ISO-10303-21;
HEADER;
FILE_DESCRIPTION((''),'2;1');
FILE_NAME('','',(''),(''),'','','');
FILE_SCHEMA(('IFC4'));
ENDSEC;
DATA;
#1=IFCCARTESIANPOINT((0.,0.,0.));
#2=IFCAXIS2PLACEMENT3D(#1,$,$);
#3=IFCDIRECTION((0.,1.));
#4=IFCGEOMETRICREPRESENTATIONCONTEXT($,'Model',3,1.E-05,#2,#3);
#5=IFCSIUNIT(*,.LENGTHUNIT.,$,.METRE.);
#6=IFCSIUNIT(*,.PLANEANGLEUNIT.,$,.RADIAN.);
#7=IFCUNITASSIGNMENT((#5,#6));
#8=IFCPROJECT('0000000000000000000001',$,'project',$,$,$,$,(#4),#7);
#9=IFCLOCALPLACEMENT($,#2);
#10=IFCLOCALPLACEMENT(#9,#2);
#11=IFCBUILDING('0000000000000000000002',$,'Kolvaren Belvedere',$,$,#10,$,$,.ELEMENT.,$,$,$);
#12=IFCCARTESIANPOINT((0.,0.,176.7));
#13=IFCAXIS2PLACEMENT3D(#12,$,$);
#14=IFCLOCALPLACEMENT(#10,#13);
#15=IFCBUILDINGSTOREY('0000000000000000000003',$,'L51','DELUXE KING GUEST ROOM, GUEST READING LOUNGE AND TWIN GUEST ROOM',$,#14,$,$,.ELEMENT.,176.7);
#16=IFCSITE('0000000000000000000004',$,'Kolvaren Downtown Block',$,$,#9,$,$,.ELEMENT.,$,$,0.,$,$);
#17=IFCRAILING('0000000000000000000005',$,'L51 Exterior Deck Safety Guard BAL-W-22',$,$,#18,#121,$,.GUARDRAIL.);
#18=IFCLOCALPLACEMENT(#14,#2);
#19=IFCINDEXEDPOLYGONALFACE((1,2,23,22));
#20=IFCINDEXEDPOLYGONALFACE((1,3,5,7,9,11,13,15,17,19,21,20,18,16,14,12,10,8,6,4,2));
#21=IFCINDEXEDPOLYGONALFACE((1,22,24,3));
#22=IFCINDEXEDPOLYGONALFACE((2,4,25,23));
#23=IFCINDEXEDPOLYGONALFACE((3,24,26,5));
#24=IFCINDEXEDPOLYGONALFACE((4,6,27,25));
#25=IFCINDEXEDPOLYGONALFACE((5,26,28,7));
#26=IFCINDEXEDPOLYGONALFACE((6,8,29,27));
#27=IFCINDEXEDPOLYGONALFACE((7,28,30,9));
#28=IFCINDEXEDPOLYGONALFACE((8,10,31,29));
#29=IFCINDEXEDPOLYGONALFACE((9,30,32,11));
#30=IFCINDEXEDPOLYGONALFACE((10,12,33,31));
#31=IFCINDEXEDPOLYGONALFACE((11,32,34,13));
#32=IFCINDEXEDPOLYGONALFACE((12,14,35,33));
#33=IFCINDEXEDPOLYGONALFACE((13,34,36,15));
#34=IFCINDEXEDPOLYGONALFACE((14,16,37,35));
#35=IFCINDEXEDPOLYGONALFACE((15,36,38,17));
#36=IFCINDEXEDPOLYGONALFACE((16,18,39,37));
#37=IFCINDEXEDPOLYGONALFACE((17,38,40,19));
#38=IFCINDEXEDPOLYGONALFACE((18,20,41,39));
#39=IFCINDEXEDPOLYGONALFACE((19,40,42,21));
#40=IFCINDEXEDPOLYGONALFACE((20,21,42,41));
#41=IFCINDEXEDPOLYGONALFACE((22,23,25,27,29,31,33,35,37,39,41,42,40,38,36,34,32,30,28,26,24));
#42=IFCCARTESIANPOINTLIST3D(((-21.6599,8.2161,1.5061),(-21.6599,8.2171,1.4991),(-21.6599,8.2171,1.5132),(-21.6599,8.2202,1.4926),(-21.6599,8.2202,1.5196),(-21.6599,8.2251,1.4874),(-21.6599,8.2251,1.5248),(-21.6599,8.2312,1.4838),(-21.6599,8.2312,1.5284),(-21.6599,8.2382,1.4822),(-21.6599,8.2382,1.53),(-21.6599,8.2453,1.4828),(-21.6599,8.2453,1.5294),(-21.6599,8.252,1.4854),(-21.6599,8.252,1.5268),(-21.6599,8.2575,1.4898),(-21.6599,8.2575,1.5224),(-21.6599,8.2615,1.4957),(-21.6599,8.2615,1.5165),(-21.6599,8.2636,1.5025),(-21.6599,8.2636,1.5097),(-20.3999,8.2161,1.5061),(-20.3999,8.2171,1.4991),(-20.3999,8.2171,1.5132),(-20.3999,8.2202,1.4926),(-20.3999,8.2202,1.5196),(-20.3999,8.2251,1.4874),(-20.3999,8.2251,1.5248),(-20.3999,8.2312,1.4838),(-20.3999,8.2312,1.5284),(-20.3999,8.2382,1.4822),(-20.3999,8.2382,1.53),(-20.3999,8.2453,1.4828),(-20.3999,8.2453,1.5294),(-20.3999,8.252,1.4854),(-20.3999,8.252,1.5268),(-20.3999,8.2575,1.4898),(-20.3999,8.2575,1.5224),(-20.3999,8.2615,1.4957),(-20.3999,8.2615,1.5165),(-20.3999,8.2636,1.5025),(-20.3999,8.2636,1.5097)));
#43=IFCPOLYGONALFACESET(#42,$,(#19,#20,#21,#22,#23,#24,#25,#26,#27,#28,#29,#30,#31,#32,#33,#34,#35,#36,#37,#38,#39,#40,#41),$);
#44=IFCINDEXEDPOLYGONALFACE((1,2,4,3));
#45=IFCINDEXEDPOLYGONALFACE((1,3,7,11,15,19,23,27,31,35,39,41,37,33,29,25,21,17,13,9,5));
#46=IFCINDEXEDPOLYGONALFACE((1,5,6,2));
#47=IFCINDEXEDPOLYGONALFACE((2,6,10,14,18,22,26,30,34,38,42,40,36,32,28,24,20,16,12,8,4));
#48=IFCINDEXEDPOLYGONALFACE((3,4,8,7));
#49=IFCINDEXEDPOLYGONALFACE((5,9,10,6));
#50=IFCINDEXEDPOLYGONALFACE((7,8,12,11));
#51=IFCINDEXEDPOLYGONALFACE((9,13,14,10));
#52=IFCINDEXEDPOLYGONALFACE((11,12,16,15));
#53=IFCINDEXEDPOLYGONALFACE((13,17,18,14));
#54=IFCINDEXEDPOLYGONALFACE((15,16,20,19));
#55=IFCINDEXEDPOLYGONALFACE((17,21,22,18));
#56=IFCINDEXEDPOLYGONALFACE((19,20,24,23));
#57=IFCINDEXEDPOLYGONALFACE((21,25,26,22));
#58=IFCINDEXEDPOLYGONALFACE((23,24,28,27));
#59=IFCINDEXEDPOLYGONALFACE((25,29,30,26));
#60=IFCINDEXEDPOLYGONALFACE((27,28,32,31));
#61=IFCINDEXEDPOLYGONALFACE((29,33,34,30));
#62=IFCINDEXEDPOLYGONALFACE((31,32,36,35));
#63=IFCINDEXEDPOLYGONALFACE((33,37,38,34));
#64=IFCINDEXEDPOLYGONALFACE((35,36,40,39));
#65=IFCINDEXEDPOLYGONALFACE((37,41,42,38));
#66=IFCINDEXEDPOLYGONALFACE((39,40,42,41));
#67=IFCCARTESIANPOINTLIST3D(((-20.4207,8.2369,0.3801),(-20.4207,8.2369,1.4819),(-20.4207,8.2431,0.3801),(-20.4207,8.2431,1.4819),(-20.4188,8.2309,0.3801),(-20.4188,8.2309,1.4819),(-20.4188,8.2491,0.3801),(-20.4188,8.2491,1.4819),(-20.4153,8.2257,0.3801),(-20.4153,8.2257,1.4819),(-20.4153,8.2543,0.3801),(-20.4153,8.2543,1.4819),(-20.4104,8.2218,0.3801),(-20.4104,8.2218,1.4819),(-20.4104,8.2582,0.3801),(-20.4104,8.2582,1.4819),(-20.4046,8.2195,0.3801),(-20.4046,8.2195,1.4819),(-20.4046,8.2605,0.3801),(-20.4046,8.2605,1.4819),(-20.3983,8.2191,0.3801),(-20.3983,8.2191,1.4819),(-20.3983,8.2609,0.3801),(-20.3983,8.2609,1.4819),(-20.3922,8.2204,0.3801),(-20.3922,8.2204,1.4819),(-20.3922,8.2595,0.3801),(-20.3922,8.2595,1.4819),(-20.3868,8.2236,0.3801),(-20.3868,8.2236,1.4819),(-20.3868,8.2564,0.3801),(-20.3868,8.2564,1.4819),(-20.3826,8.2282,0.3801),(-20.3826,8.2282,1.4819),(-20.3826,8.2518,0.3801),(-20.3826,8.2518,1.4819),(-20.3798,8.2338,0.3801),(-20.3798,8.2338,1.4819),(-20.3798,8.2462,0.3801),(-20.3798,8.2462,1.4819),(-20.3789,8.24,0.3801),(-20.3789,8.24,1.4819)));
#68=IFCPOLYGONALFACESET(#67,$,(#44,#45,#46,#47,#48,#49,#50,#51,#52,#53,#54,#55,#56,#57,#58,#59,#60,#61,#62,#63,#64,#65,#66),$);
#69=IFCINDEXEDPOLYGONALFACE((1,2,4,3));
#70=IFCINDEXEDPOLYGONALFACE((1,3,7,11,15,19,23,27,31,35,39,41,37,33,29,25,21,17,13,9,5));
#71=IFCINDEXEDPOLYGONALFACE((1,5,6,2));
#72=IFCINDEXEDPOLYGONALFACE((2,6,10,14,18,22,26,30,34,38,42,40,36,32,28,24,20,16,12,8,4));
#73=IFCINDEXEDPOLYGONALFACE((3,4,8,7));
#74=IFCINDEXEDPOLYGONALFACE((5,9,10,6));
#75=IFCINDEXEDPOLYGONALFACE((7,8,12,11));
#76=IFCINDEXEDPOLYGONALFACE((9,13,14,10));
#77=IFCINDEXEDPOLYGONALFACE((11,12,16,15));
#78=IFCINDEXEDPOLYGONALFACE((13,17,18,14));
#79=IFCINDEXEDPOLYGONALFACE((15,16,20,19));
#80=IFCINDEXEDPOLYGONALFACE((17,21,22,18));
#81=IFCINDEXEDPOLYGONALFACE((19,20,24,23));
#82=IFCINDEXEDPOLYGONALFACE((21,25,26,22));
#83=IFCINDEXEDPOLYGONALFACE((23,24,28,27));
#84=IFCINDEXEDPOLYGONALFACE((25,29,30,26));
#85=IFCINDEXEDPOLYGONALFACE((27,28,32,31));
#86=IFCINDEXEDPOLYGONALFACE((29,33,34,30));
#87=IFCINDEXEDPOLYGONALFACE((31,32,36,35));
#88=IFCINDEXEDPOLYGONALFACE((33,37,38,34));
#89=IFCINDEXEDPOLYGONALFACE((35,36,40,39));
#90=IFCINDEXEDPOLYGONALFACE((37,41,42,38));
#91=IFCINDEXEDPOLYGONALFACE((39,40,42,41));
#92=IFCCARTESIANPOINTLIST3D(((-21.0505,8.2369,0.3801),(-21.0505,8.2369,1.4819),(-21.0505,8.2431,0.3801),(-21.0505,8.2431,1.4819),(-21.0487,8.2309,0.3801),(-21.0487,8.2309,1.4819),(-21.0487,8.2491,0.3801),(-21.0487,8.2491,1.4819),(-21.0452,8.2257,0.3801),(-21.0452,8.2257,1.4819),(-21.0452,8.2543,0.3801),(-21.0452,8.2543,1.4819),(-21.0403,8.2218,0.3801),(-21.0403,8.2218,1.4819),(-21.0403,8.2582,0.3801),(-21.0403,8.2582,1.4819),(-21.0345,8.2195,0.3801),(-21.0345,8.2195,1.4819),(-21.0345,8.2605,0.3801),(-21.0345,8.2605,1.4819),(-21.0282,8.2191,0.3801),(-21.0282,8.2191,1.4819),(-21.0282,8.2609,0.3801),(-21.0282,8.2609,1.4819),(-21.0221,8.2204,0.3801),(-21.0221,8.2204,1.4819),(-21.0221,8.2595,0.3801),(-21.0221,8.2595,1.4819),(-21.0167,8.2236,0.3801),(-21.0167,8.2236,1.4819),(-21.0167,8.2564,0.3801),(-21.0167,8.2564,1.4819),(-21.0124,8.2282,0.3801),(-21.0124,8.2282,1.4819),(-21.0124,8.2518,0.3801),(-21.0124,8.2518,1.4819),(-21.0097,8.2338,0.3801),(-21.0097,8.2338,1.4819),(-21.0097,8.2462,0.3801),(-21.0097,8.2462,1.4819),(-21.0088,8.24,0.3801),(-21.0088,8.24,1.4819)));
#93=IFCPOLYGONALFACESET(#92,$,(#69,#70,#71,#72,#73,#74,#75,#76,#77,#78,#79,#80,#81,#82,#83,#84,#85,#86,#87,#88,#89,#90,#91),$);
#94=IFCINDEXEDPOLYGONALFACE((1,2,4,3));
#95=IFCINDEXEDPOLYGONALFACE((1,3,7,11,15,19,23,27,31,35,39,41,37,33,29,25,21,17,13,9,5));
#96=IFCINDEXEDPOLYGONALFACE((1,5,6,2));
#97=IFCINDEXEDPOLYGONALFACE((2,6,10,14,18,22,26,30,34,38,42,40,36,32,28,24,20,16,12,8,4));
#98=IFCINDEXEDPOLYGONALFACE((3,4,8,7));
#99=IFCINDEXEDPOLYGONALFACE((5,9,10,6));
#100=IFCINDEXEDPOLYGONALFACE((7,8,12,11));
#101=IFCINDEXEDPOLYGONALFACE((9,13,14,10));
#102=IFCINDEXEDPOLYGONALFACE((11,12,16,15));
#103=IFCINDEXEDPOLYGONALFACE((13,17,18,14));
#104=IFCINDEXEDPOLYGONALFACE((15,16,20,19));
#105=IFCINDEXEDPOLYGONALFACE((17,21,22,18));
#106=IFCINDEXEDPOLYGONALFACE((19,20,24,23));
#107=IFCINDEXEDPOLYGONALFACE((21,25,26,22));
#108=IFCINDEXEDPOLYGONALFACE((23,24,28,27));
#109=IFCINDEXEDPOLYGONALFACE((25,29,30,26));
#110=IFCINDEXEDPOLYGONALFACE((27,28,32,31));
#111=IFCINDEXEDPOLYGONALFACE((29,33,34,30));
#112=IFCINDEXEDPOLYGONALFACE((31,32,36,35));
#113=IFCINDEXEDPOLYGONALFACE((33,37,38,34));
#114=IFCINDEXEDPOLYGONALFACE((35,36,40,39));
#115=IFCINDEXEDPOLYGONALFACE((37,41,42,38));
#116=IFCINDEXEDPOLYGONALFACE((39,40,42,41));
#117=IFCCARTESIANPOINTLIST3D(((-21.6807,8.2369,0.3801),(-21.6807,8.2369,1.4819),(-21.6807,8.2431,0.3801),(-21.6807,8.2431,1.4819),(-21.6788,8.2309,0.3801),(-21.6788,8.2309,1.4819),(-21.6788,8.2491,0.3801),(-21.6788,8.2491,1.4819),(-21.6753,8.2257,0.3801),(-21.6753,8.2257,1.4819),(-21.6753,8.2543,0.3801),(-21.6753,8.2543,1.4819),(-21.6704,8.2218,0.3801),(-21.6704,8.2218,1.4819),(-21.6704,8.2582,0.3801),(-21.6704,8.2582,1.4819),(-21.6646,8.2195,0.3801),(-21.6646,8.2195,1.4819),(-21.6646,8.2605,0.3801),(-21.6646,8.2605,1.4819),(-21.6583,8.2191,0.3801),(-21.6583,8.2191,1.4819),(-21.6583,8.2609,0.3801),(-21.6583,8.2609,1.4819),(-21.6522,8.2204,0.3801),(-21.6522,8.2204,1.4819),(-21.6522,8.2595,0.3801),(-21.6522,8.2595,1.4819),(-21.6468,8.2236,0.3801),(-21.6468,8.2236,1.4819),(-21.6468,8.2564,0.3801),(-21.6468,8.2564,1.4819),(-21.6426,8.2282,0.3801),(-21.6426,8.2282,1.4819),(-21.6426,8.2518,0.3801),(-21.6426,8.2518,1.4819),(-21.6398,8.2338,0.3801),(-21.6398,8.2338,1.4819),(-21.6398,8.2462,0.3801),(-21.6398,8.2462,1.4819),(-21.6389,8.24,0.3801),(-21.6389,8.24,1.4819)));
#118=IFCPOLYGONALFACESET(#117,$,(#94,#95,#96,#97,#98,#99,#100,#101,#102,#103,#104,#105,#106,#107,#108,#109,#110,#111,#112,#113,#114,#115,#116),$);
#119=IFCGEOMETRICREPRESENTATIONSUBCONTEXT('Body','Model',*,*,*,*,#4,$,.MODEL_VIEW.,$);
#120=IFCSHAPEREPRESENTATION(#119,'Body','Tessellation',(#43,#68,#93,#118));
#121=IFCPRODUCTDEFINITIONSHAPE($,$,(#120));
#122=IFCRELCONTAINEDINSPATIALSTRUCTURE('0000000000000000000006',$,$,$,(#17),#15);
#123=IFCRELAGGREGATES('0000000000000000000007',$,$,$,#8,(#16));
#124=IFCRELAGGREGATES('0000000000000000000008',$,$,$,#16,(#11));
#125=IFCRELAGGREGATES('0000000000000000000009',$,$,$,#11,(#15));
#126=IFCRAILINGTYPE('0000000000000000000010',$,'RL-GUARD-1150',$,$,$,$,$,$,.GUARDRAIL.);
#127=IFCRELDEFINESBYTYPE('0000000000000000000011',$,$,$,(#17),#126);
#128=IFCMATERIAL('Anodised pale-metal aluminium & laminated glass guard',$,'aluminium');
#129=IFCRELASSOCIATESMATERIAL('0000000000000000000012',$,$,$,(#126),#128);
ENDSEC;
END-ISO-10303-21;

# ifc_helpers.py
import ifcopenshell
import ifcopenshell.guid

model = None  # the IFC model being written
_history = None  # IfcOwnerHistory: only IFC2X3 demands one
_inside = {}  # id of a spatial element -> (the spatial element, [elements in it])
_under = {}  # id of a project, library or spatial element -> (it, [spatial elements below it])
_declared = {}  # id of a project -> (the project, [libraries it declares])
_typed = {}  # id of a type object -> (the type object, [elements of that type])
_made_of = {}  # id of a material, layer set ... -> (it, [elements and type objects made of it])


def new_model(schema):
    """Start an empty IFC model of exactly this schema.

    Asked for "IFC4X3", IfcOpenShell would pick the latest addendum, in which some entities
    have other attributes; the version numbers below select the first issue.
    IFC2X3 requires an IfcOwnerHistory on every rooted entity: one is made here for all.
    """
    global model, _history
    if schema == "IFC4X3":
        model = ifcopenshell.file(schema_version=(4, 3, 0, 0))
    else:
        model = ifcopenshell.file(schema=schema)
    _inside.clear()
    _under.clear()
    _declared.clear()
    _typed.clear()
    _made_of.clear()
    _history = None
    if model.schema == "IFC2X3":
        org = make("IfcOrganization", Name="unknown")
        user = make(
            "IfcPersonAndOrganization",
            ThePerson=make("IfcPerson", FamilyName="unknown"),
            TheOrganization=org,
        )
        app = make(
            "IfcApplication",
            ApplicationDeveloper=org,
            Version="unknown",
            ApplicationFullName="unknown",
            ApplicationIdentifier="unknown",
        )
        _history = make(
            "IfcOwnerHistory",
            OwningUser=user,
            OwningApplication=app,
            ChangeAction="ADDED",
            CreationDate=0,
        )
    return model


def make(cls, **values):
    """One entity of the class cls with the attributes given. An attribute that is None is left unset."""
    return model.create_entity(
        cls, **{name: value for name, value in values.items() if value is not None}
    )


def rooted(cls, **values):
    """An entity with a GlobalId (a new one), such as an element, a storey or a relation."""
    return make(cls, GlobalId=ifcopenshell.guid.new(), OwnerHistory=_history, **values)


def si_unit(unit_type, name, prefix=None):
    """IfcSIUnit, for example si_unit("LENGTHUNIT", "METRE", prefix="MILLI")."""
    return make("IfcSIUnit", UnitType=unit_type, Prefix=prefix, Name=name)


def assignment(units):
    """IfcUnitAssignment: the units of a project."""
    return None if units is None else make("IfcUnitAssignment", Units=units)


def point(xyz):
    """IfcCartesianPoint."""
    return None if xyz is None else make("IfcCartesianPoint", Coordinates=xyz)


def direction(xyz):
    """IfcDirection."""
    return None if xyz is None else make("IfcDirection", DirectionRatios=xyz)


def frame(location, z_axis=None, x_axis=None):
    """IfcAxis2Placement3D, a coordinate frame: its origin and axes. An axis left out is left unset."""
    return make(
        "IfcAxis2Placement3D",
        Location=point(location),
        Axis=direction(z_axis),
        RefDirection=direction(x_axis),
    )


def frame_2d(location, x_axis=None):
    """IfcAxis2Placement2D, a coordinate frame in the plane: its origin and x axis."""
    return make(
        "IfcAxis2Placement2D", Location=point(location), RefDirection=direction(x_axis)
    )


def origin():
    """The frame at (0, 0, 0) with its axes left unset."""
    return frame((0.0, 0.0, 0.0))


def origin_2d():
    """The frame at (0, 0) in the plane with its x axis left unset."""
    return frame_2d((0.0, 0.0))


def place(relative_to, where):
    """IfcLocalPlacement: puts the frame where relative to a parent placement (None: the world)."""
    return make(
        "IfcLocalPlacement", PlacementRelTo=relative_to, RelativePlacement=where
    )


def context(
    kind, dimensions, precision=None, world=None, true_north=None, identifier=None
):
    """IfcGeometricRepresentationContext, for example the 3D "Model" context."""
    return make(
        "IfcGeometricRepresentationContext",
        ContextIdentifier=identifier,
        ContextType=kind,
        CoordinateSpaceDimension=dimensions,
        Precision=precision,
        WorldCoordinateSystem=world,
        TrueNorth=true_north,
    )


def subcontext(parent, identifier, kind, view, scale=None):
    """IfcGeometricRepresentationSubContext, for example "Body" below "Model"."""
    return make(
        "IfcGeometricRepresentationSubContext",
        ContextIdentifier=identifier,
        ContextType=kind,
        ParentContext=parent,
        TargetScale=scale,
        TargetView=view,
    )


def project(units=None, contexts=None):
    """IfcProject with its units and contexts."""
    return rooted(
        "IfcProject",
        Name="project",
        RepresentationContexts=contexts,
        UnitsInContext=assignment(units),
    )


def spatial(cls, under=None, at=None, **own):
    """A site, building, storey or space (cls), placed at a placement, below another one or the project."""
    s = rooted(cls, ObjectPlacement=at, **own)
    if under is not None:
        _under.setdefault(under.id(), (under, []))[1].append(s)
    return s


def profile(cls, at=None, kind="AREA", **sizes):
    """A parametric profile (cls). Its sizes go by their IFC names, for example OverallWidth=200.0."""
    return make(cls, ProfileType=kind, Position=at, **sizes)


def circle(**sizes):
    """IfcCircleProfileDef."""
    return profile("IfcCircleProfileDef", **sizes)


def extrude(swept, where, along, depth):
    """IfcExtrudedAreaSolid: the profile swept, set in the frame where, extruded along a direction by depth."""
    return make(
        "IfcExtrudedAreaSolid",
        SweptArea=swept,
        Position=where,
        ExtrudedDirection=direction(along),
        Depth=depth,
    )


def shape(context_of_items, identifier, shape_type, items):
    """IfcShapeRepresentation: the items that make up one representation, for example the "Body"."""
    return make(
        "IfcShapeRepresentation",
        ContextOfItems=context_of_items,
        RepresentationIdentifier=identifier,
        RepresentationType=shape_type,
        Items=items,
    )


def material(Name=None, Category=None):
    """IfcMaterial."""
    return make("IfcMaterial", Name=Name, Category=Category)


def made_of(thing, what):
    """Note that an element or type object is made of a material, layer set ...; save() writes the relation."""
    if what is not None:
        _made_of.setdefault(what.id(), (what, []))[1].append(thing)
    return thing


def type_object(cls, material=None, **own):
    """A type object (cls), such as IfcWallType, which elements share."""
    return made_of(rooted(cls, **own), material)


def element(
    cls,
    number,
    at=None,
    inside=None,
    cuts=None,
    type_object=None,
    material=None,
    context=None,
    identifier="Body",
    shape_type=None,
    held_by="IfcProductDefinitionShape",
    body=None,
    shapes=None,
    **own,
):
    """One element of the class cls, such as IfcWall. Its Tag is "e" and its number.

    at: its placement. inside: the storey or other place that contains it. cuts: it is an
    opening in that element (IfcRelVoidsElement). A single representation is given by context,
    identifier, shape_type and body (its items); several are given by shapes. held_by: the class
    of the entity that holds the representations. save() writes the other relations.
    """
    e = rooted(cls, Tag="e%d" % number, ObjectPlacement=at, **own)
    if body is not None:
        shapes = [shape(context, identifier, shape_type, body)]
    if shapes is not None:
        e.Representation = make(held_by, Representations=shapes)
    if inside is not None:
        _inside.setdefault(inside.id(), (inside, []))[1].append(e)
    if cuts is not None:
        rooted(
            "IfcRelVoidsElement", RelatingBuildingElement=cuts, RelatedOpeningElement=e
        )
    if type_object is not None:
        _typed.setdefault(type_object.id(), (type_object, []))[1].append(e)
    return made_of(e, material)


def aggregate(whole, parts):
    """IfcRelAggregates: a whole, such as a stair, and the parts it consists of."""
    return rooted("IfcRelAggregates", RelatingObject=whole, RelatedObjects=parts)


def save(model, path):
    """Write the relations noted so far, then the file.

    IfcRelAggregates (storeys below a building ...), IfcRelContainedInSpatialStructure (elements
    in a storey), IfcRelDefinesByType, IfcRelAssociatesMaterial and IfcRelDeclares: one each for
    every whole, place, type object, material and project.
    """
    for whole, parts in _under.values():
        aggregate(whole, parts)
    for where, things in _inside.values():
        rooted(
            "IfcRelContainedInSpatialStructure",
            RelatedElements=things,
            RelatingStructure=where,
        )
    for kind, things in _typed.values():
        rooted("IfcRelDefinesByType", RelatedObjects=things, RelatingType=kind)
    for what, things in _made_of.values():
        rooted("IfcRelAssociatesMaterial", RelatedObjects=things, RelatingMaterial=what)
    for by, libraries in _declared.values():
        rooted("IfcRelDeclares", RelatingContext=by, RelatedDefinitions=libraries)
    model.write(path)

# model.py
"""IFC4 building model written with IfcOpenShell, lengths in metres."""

from ifc_helpers import new_model, si_unit, direction, frame, origin, origin_2d, place, context, subcontext, project, spatial, circle, extrude, material, type_object, element, save


model = new_model("IFC4")

# Units and contexts
model_context = context("Model", 3, precision=1e-05, world=origin(), true_north=direction((0.0, 1.0)))
body_context = subcontext(model_context, "Body", "Model", "MODEL_VIEW")
ifc_project = project(units=[si_unit("LENGTHUNIT", "METRE"), si_unit("PLANEANGLEUNIT", "RADIAN")], contexts=[model_context])

# Site, building, storey
site_placement = place(None, origin())
site = spatial("IfcSite", under=ifc_project, at=site_placement, Name="Kolvaren Downtown Block", CompositionType="ELEMENT", RefElevation=0.0)
building_placement = place(site_placement, origin())
building = spatial("IfcBuilding", under=site, at=building_placement, Name="Kolvaren Belvedere", CompositionType="ELEMENT")
storey_placement = place(building_placement, frame((0.0, 0.0, 176.7)))
storey = spatial("IfcBuildingStorey", under=building, at=storey_placement, Name="L51", Description="DELUXE KING GUEST ROOM, GUEST READING LOUNGE AND TWIN GUEST ROOM", CompositionType="ELEMENT", Elevation=176.7)

# Railing
ifc_material_1 = material(Name="Anodised pale-metal aluminium & laminated glass guard", Category="aluminium")
railing_type = type_object("IfcRailingType", Name="RL-GUARD-1150", PredefinedType="GUARDRAIL", material=ifc_material_1)
railing_1_placement = place(storey_placement, frame((-20.3999, 8.24, 0.3801)))
element("IfcRailing", 1, at=railing_1_placement, inside=storey, type_object=railing_type, Name="L51 Exterior Deck Safety Guard BAL-W-22", PredefinedType="GUARDRAIL", context=body_context, shape_type="SweptSolid", body=[
    extrude(circle(Radius=0.0239, at=origin_2d()), frame((0.0, 0.0, 1.126), z_axis=(-1.0, 0.0, 0.0), x_axis=(0.0, -1.0, 0.0)), (0.0, 0.0, 1.0), 1.26),
    extrude(circle(Radius=0.021, at=origin_2d()), origin(), (0.0, 0.0, 1.0), 1.1018),
    extrude(circle(Radius=0.021, at=origin_2d()), frame((-0.6299, 0.0, 0.0)), (0.0, 0.0, 1.0), 1.1018),
    extrude(circle(Radius=0.021, at=origin_2d()), frame((-1.26, 0.0, 0.0)), (0.0, 0.0, 1.0), 1.1018),
])

save(model, "model.ifc")
